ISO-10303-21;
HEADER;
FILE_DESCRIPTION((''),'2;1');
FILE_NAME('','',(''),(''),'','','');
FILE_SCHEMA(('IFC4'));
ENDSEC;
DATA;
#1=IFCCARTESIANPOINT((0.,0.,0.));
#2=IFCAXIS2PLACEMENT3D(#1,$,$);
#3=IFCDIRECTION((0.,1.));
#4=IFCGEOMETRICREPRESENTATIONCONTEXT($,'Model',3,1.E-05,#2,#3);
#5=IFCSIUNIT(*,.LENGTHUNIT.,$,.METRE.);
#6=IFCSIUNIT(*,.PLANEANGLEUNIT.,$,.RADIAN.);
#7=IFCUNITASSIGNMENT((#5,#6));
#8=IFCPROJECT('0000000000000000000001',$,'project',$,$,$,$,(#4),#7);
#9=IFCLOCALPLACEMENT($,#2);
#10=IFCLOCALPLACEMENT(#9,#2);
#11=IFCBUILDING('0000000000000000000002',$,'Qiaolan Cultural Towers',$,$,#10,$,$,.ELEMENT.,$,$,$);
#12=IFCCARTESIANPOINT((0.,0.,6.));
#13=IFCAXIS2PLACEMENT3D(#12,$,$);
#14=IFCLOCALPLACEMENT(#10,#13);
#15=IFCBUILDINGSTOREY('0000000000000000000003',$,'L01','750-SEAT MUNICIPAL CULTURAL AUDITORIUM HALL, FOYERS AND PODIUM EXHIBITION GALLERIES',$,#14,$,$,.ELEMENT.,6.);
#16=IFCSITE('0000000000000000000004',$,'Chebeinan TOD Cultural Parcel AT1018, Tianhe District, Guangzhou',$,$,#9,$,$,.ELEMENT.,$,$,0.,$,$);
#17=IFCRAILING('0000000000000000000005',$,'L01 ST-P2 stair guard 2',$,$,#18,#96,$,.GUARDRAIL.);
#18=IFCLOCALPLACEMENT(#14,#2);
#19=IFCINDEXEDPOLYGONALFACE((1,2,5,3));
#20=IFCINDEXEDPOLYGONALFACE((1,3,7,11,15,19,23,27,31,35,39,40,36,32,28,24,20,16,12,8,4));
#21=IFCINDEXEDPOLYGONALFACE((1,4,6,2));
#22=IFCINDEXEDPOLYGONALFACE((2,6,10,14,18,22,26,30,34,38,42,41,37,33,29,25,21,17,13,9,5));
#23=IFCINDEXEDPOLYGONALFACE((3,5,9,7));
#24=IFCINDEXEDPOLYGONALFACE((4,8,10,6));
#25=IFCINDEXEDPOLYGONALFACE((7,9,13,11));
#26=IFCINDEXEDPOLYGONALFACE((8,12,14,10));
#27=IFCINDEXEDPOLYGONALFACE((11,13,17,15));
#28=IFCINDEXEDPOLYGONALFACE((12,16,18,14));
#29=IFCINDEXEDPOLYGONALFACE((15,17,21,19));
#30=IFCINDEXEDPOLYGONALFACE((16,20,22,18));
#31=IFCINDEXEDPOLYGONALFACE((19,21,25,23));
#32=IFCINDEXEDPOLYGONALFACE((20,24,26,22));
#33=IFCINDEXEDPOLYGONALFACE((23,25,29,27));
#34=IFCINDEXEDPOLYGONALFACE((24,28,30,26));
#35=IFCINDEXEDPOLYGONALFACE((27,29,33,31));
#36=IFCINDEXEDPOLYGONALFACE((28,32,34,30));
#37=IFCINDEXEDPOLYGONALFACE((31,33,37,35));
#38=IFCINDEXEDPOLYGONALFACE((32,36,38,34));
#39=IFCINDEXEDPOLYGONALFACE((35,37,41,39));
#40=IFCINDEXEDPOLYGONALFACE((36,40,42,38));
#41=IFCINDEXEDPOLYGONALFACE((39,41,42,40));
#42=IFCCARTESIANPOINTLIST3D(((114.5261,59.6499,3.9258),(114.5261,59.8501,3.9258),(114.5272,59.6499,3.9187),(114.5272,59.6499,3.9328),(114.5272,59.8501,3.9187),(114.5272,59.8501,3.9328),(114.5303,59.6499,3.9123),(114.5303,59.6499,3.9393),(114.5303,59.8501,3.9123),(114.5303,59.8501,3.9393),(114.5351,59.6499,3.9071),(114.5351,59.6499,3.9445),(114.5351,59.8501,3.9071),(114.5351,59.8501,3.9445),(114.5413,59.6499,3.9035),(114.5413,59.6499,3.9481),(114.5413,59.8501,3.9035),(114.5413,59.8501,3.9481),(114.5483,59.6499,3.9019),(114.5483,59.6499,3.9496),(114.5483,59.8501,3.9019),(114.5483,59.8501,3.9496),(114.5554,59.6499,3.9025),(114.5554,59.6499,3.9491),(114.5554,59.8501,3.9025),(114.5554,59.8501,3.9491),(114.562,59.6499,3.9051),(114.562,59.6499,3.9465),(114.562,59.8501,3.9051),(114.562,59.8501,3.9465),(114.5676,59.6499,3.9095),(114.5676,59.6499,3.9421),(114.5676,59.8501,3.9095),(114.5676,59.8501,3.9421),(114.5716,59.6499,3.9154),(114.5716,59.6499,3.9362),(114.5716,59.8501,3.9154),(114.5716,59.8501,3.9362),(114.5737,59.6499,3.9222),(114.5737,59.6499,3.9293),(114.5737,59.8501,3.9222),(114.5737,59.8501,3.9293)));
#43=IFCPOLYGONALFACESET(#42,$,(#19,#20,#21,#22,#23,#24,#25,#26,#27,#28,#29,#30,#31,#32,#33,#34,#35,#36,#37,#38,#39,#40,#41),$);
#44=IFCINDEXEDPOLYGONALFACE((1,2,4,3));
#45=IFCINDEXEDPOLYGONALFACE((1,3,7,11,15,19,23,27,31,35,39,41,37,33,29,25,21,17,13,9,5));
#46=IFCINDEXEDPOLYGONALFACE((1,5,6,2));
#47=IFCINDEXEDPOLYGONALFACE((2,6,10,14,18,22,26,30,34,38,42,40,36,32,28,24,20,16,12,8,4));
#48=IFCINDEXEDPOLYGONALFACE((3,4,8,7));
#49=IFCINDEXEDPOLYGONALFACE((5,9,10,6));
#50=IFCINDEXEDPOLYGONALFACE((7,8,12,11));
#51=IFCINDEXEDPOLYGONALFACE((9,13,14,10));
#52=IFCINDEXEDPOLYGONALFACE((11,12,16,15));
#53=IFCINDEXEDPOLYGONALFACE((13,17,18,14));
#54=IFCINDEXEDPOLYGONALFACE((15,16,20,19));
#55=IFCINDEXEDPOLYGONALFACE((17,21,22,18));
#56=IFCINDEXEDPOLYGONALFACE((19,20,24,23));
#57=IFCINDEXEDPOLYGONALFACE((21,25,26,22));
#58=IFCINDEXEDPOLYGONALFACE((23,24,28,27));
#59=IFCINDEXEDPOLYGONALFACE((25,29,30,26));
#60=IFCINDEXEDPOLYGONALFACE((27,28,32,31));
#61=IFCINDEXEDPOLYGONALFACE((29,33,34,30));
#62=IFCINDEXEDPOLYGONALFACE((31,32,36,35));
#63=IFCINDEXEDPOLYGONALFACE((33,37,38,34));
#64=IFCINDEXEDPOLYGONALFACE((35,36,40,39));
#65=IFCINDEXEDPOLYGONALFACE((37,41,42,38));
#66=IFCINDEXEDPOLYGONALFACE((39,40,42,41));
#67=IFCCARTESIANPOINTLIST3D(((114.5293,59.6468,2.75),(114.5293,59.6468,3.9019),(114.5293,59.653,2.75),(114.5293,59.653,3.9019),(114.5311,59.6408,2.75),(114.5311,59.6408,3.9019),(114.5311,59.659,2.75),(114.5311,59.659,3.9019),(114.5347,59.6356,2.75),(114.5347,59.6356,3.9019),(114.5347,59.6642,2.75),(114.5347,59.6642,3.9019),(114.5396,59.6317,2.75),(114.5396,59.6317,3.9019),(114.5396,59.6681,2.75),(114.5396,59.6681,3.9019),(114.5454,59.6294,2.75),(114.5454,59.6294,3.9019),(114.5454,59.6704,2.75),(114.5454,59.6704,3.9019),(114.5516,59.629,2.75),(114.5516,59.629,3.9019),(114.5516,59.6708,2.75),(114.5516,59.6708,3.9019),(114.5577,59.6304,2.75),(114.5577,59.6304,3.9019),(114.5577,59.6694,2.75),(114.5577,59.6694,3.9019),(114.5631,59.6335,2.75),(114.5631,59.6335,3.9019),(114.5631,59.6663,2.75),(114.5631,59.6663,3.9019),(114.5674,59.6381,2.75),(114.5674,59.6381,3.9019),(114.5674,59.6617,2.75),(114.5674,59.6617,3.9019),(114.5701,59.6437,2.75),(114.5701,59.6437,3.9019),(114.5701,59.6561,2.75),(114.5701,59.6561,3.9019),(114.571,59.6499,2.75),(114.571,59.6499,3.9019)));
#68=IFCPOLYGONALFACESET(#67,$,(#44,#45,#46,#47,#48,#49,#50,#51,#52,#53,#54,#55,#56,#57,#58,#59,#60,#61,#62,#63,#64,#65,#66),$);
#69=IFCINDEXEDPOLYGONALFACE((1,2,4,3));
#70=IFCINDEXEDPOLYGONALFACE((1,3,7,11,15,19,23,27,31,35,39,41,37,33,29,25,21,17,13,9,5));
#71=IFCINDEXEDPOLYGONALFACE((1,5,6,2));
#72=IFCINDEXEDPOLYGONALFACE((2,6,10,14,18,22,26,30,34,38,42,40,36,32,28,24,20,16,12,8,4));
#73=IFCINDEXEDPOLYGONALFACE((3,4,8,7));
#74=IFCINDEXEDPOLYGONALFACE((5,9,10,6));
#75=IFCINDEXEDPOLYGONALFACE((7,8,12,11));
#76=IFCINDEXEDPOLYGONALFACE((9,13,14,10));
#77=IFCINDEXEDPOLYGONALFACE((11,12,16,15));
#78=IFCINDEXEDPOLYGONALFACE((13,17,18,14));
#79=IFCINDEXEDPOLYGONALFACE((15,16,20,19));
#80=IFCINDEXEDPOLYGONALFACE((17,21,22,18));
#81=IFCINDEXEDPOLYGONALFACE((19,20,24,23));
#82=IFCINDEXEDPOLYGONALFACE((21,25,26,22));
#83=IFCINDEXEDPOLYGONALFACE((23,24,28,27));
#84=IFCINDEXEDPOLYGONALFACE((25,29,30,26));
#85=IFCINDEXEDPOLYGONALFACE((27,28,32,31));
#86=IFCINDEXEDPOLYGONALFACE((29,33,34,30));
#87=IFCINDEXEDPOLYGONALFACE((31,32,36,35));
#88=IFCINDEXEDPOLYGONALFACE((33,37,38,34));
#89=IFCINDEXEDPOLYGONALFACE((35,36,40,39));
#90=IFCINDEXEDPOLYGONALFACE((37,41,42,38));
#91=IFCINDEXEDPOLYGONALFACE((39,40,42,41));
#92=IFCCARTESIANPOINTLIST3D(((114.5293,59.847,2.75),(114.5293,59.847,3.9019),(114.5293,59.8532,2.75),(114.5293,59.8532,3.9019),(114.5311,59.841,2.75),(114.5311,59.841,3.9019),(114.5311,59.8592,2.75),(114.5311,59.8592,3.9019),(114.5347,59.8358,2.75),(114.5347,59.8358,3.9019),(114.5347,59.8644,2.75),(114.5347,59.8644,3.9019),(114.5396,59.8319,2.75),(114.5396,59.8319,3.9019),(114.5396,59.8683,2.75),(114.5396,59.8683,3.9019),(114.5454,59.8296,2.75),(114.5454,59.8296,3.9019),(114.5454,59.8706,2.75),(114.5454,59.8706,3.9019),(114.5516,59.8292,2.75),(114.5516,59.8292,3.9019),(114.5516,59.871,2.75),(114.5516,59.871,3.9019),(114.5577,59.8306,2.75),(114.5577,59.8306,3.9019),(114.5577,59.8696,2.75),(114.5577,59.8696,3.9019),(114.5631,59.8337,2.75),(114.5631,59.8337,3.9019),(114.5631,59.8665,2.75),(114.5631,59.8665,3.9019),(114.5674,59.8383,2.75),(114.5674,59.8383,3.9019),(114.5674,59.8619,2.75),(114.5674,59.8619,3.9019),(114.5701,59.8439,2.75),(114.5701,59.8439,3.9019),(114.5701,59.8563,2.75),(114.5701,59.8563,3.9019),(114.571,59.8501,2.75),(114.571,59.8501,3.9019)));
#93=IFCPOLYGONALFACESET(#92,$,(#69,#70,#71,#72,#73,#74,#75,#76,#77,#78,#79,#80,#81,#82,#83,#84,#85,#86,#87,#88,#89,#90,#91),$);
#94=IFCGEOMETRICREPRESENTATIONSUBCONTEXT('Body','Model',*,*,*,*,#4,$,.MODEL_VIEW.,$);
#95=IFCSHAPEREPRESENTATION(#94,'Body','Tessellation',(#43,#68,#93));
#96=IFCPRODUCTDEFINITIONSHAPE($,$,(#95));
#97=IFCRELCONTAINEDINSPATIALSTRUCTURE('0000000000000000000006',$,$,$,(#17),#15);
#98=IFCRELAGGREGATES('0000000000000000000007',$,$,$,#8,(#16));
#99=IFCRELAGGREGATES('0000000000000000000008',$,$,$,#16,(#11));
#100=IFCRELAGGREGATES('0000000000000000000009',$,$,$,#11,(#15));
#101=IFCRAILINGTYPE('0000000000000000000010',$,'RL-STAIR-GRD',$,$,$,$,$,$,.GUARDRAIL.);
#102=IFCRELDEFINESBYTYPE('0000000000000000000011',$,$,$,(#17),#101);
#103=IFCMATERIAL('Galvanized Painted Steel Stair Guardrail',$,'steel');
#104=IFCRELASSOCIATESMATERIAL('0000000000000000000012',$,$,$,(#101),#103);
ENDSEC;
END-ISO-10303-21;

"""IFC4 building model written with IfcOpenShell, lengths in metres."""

from ifc_helpers import new_model, si_unit, direction, frame, origin, origin_2d, place, context, subcontext, project, spatial, circle, extrude, material, type_object, element, save


model = new_model("IFC4")

# Units and contexts
model_context = context("Model", 3, precision=1e-05, world=origin(), true_north=direction((0.0, 1.0)))
body_context = subcontext(model_context, "Body", "Model", "MODEL_VIEW")
ifc_project = project(units=[si_unit("LENGTHUNIT", "METRE"), si_unit("PLANEANGLEUNIT", "RADIAN")], contexts=[model_context])

# Site, building, storey
site_placement = place(None, origin())
site = spatial("IfcSite", under=ifc_project, at=site_placement, Name="Chebeinan TOD Cultural Parcel AT1018, Tianhe District, Guangzhou", CompositionType="ELEMENT", RefElevation=0.0)
building_placement = place(site_placement, origin())
building = spatial("IfcBuilding", under=site, at=building_placement, Name="Qiaolan Cultural Towers", CompositionType="ELEMENT")
storey_placement = place(building_placement, frame((0.0, 0.0, 6.0)))
storey = spatial("IfcBuildingStorey", under=building, at=storey_placement, Name="L01", Description="750-SEAT MUNICIPAL CULTURAL AUDITORIUM HALL, FOYERS AND PODIUM EXHIBITION GALLERIES", CompositionType="ELEMENT", Elevation=6.0)

# Railing
ifc_material_1 = material(Name="Galvanized Painted Steel Stair Guardrail", Category="steel")
railing_type_1 = type_object("IfcRailingType", Name="RL-STAIR-GRD", PredefinedType="GUARDRAIL", material=ifc_material_1)
railing_1_placement = place(storey_placement, frame((114.55, 59.6499, 2.75)))
element("IfcRailing", 1, at=railing_1_placement, inside=storey, type_object=railing_type_1, Name="L01 ST-P2 stair guard 2", PredefinedType="GUARDRAIL", context=body_context, shape_type="SweptSolid", body=[
    extrude(circle(Radius=0.0239, at=origin_2d()), frame((0.0, 0.0, 1.1758), z_axis=(0.0, 1.0, 0.0), x_axis=(-1.0, 0.0, 0.0)), (0.0, 0.0, 1.0), 0.2002),
    extrude(circle(Radius=0.021, at=origin_2d()), origin(), (0.0, 0.0, 1.0), 1.1519),
    extrude(circle(Radius=0.021, at=origin_2d()), frame((0.0, 0.2002, 0.0)), (0.0, 0.0, 1.0), 1.1519),
])

save(model, "model.ifc")
